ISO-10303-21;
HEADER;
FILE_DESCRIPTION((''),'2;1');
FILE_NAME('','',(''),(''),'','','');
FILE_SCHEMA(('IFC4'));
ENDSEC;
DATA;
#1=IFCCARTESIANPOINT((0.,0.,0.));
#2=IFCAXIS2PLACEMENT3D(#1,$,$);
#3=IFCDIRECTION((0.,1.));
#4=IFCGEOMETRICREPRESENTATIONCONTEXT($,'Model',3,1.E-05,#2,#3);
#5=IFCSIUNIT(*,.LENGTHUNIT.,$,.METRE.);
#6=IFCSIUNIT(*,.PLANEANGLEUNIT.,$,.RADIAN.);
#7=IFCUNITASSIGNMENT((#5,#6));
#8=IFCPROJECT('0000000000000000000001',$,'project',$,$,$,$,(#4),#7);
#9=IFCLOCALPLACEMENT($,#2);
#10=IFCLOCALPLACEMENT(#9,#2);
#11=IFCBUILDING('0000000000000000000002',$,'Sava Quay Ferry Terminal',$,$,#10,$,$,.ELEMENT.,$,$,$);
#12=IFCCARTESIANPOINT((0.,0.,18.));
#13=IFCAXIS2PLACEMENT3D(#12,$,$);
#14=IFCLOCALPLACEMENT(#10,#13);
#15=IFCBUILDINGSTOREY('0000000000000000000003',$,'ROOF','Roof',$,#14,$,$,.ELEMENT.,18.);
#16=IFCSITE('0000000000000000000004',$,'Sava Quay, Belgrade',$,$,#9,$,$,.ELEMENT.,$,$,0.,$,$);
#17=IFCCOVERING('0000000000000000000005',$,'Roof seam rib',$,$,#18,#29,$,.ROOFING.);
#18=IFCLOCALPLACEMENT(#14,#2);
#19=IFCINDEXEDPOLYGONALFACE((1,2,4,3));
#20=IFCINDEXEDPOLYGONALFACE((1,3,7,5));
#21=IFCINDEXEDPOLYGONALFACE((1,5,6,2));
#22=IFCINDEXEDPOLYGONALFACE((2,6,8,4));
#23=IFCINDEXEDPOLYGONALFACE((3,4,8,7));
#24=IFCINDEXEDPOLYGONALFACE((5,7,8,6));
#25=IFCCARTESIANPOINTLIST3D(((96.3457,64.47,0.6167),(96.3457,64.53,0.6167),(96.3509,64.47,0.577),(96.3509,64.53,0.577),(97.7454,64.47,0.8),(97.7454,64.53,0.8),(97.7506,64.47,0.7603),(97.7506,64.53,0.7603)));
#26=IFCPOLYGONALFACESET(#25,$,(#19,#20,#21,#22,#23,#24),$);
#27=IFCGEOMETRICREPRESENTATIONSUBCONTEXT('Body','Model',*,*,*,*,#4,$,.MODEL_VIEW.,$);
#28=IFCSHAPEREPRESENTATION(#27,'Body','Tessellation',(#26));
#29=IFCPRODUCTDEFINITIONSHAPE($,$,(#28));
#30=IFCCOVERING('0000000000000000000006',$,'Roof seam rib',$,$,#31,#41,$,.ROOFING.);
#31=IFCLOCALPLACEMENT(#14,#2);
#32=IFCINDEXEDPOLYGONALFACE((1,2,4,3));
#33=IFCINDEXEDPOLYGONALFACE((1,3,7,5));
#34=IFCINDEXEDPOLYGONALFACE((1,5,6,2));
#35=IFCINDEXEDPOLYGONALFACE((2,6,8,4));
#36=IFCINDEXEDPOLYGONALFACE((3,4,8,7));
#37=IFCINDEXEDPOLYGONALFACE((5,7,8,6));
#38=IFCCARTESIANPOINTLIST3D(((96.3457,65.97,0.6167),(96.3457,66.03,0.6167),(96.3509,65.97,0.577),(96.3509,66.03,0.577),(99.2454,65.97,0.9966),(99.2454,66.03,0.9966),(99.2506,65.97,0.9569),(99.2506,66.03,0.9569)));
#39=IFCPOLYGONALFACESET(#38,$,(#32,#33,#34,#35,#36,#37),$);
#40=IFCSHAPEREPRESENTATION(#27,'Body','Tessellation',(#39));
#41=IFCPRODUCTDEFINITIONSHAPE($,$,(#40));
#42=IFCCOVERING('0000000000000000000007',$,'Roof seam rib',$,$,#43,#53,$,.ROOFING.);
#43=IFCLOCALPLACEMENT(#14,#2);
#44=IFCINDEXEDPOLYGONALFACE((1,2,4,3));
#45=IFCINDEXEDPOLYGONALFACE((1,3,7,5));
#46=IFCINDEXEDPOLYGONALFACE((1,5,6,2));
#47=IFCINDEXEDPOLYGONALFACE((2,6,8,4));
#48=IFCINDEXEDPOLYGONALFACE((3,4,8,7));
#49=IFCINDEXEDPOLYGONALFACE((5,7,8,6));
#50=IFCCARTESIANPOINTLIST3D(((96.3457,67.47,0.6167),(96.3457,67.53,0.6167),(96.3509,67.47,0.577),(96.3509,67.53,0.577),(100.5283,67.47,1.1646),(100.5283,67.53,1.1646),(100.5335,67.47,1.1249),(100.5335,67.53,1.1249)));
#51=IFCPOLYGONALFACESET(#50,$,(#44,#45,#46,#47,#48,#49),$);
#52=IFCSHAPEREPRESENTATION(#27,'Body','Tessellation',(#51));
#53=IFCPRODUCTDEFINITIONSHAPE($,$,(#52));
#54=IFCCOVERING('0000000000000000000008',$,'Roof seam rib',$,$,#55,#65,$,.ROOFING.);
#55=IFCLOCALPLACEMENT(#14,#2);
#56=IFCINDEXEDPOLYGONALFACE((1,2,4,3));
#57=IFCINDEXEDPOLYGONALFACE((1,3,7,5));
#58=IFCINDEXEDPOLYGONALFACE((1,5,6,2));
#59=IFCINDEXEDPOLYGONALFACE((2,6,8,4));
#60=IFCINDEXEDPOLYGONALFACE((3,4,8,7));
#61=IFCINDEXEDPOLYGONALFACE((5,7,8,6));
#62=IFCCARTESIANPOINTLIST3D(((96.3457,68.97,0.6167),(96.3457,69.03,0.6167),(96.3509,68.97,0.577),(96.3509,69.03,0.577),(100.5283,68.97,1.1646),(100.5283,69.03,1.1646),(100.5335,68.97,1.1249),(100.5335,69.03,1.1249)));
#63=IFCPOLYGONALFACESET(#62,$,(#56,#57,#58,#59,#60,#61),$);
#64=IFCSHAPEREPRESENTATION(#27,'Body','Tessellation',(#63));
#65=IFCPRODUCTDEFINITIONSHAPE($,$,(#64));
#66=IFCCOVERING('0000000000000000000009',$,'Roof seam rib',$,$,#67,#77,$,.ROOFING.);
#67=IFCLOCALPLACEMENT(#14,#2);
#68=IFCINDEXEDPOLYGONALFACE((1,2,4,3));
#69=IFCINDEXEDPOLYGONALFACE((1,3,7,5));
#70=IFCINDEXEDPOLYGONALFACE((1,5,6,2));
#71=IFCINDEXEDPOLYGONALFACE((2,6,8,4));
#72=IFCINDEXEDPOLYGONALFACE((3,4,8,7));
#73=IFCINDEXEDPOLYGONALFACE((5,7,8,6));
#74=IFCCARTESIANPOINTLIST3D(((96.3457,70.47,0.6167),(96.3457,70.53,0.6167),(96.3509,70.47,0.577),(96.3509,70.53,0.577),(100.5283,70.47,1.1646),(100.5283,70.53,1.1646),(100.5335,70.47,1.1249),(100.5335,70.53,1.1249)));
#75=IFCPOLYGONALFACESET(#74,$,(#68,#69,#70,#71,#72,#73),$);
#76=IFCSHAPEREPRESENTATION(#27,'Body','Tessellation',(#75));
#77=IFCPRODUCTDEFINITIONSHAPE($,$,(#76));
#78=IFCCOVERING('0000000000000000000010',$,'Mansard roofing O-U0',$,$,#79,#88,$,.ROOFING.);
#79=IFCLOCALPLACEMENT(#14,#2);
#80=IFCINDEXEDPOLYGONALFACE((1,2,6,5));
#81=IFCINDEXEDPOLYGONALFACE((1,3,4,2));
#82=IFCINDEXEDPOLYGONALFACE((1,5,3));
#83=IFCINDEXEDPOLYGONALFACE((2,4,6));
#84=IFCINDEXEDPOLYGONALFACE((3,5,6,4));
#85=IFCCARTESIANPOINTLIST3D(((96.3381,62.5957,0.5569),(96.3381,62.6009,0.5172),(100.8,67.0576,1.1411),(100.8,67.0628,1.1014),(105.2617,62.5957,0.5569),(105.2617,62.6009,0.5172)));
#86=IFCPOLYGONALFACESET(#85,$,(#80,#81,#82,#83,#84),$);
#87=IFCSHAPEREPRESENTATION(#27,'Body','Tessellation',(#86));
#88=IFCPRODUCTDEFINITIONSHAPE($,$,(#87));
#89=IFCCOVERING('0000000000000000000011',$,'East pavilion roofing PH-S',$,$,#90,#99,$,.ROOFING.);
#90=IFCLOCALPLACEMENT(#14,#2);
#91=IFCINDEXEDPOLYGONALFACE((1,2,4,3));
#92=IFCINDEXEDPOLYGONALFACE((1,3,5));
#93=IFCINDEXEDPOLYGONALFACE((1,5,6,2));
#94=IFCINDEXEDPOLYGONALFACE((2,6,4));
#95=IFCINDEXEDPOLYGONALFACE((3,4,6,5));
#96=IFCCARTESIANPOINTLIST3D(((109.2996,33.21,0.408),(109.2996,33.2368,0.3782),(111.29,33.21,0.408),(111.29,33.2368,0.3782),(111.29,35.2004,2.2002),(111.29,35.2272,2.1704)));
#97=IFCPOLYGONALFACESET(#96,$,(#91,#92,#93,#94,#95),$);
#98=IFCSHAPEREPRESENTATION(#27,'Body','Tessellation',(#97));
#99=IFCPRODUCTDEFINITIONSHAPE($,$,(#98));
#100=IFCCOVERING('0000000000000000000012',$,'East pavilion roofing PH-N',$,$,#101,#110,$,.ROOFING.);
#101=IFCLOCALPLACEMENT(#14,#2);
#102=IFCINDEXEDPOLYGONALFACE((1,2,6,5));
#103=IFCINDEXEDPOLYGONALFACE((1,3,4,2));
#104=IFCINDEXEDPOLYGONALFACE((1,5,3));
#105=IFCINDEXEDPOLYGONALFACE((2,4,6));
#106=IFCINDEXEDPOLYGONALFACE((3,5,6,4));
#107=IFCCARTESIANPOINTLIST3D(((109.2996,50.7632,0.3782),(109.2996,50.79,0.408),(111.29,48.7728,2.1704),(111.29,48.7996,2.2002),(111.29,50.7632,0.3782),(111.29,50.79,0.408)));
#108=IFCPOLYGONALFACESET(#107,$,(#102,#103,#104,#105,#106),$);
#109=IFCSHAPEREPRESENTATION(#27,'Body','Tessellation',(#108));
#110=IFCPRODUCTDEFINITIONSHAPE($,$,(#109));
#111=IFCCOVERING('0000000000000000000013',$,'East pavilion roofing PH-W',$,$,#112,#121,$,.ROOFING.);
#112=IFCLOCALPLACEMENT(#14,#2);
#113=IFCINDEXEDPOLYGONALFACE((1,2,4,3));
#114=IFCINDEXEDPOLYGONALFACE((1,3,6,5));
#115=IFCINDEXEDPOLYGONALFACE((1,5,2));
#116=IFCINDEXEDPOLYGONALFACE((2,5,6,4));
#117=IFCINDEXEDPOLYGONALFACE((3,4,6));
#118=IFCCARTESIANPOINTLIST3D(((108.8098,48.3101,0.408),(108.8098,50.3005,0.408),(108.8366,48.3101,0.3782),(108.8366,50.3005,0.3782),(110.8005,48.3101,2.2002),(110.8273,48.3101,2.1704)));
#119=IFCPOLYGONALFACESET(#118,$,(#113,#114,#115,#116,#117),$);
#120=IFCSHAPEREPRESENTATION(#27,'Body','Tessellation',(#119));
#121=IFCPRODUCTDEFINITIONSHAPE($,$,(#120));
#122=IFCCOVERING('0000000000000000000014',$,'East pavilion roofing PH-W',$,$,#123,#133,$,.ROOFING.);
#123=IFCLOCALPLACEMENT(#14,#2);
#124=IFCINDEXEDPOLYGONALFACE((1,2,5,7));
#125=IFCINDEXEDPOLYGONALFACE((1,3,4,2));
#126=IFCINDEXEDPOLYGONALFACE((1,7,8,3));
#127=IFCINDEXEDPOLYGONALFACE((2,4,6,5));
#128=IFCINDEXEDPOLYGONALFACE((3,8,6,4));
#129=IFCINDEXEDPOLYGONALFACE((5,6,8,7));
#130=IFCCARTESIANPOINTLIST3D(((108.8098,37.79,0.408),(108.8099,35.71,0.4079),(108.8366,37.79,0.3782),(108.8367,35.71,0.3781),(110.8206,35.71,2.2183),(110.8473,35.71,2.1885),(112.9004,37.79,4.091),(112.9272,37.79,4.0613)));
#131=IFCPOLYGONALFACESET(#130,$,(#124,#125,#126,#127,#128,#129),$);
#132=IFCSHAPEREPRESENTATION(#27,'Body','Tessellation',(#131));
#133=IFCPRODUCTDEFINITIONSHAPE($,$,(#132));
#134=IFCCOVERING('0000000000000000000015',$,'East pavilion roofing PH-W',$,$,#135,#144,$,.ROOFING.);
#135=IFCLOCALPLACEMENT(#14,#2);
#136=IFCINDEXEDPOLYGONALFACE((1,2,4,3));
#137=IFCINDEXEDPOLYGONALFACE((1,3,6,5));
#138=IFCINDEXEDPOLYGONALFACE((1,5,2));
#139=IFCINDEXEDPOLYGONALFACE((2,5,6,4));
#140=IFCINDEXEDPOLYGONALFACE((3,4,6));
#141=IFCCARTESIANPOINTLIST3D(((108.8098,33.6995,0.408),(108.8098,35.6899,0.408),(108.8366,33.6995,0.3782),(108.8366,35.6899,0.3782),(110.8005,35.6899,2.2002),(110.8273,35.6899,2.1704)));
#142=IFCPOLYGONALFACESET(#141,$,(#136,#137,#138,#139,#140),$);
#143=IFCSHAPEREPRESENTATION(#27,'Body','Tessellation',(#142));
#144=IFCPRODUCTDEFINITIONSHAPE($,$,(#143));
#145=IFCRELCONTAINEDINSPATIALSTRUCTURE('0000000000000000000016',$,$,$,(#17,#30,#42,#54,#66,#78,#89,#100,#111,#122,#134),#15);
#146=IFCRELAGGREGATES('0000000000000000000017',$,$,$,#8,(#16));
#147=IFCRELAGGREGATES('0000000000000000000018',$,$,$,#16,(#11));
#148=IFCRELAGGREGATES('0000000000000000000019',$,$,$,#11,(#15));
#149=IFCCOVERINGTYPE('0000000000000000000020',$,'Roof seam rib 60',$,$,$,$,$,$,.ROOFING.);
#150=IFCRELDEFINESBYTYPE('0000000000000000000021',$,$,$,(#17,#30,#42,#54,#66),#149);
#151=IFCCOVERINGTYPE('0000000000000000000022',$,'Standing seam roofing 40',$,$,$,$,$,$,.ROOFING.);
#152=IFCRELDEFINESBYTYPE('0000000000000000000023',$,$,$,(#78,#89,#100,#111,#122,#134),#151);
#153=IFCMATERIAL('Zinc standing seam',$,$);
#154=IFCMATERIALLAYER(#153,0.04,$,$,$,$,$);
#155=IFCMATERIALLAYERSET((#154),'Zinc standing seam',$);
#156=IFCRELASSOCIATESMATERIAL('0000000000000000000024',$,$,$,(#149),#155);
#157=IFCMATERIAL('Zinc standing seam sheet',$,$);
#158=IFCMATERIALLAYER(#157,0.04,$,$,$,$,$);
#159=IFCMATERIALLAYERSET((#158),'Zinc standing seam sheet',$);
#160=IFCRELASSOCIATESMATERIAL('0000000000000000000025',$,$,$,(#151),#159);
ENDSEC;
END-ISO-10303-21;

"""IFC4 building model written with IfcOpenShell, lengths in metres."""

from ifc_helpers import new_model, si_unit, direction, frame, origin, place, context, subcontext, project, spatial, polyline, outline, extrude, material, layer, layer_set, type_object, element, save


model = new_model("IFC4")

# Units and contexts
model_context = context("Model", 3, precision=1e-05, world=origin(), true_north=direction((0.0, 1.0)))
body_context = subcontext(model_context, "Body", "Model", "MODEL_VIEW")
ifc_project = project(units=[si_unit("LENGTHUNIT", "METRE"), si_unit("PLANEANGLEUNIT", "RADIAN")], contexts=[model_context])

# Site, building, storey
site_placement = place(None, origin())
site = spatial("IfcSite", under=ifc_project, at=site_placement, Name="Sava Quay, Belgrade", CompositionType="ELEMENT", RefElevation=0.0)
building_placement = place(site_placement, origin())
building = spatial("IfcBuilding", under=site, at=building_placement, Name="Sava Quay Ferry Terminal", CompositionType="ELEMENT")
storey_placement = place(building_placement, frame((0.0, 0.0, 18.0)))
storey = spatial("IfcBuildingStorey", under=building, at=storey_placement, Name="ROOF", Description="Roof", CompositionType="ELEMENT", Elevation=18.0)

# Coverings
ifc_material_1 = material(Name="Zinc standing seam")
ifc_layer_1 = layer(ifc_material_1, 0.04)
ifc_layer_set_1 = layer_set([ifc_layer_1], Name="Zinc standing seam")
covering_type_1 = type_object("IfcCoveringType", Name="Roof seam rib 60", PredefinedType="ROOFING", material=ifc_layer_set_1)
covering_1_placement = place(storey_placement, frame((96.3457, 64.53, 0.6167), z_axis=(-0.129886, 0.0, 0.991529), x_axis=(0.991529, 0.0, 0.129886)))
element("IfcCovering", 1, at=covering_1_placement, inside=storey, type_object=covering_type_1, Name="Roof seam rib", PredefinedType="ROOFING", context=body_context, shape_type="SweptSolid", body=[
    extrude(outline(polyline([(0.0, 0.0), (1.4116, 0.0), (1.4116, -0.0601), (0.0, -0.0601), (0.0, 0.0)])), origin(), (0.0, 0.0, -1.0), 0.04),
])
covering_2_placement = place(storey_placement, frame((96.3457, 66.03, 0.6167), z_axis=(-0.129899, 0.0, 0.991527), x_axis=(0.991527, 0.0, 0.129899)))
element("IfcCovering", 2, at=covering_2_placement, inside=storey, type_object=covering_type_1, Name="Roof seam rib", PredefinedType="ROOFING", context=body_context, shape_type="SweptSolid", body=[
    extrude(outline(polyline([(0.0, 0.0), (2.9244, 0.0), (2.9244, -0.0601), (0.0, -0.0601), (0.0, 0.0)])), origin(), (0.0, 0.0, -1.0), 0.04),
])
for number, where, z_axis, x_axis, name in (
    (3, (96.3457, 67.53, 0.6167), (-0.129874, 0.0, 0.991531), (0.991531, 0.0, 0.129874), "Roof seam rib"),
    (4, (96.3457, 69.03, 0.6167), (-0.129874, 0.0, 0.991531), (0.991531, 0.0, 0.129874), "Roof seam rib"),
    (5, (96.3457, 70.53, 0.6167), (-0.129874, 0.0, 0.991531), (0.991531, 0.0, 0.129874), "Roof seam rib"),
):
    element("IfcCovering", number, at=place(storey_placement, frame(where, z_axis=z_axis, x_axis=x_axis)), inside=storey, type_object=covering_type_1, Name=name, PredefinedType="ROOFING", context=body_context, shape_type="SweptSolid", body=[
        extrude(outline(polyline([(0.0, 0.0), (4.2183, 0.0), (4.2183, -0.0601), (0.0, -0.0601), (0.0, 0.0)])), origin(), (0.0, 0.0, -1.0), 0.04),
    ])
ifc_material_2 = material(Name="Zinc standing seam sheet")
ifc_layer_2 = layer(ifc_material_2, 0.04)
ifc_layer_set_2 = layer_set([ifc_layer_2], Name="Zinc standing seam sheet")
covering_type_2 = type_object("IfcCoveringType", Name="Standing seam roofing 40", PredefinedType="ROOFING", material=ifc_layer_set_2)
covering_3_placement = place(storey_placement, frame((96.3381, 62.5957, 0.5569), z_axis=(0.0, -0.129829, 0.991536), x_axis=(0.704095, 0.704095, 0.092192)))
element("IfcCovering", 6, at=covering_3_placement, inside=storey, type_object=covering_type_2, Name="Mansard roofing O-U0", PredefinedType="ROOFING", context=body_context, shape_type="SweptSolid", body=[
    extrude(outline(polyline([(0.0, 0.0), (6.3371, 0.0), (6.2831, -6.3367), (0.0, 0.0)])), origin(), (0.0, 0.0, -1.0), 0.04),
])
covering_4_placement = place(storey_placement, frame((111.29, 35.2004, 2.2002), z_axis=(0.0, -0.669131, 0.743145), x_axis=(0.0, -0.743145, -0.669131)))
element("IfcCovering", 7, at=covering_4_placement, inside=storey, type_object=covering_type_2, Name="East pavilion roofing PH-S", PredefinedType="ROOFING", context=body_context, shape_type="SweptSolid", body=[
    extrude(outline(polyline([(0.0, 0.0), (2.6785, 0.0), (2.6785, -1.9905), (0.0, 0.0)])), origin(), (0.0, 0.0, -1.0), 0.04),
])
covering_5_placement = place(storey_placement, frame((109.2996, 50.79, 0.408), z_axis=(0.0, 0.669131, 0.743145), x_axis=(1.0, 0.0, 0.0)))
element("IfcCovering", 8, at=covering_5_placement, inside=storey, type_object=covering_type_2, Name="East pavilion roofing PH-N", PredefinedType="ROOFING", context=body_context, shape_type="SweptSolid", body=[
    extrude(outline(polyline([(0.0, 0.0), (1.9905, 0.0), (1.9905, -2.6785), (0.0, 0.0)])), origin(), (0.0, 0.0, -1.0), 0.04),
])
covering_6_placement = place(storey_placement, frame((110.8005, 48.3101, 2.2002), z_axis=(-0.669086, 0.0, 0.743185), x_axis=(-0.743185, 0.0, -0.669086)))
element("IfcCovering", 9, at=covering_6_placement, inside=storey, type_object=covering_type_2, Name="East pavilion roofing PH-W", PredefinedType="ROOFING", context=body_context, shape_type="SweptSolid", body=[
    extrude(outline(polyline([(0.0, 0.0), (2.6786, 0.0), (2.6786, -1.9905), (0.0, 0.0)])), origin(), (0.0, 0.0, -1.0), 0.04),
])
covering_7_placement = place(storey_placement, frame((110.8206, 35.71, 2.2183), z_axis=(-0.669114, -0.000035, 0.74316), x_axis=(-0.74316, 0.0, -0.669114)))
element("IfcCovering", 10, at=covering_7_placement, inside=storey, type_object=covering_type_2, Name="East pavilion roofing PH-W", PredefinedType="ROOFING", context=body_context, shape_type="SweptSolid", body=[
    extrude(outline(polyline([(0.0, 0.0), (2.7056, 0.0), (2.7056, -2.0801), (-2.7988, -2.0801), (0.0, 0.0)])), origin(), (0.0, 0.0, -1.0), 0.04),
])
covering_8_placement = place(storey_placement, frame((108.8098, 33.6995, 0.408), z_axis=(-0.669086, 0.0, 0.743185), x_axis=(0.0, 1.0, 0.0)))
element("IfcCovering", 11, at=covering_8_placement, inside=storey, type_object=covering_type_2, Name="East pavilion roofing PH-W", PredefinedType="ROOFING", context=body_context, shape_type="SweptSolid", body=[
    extrude(outline(polyline([(0.0, 0.0), (1.9905, 0.0), (1.9905, -2.6786), (0.0, 0.0)])), origin(), (0.0, 0.0, -1.0), 0.04),
])

save(model, "model.ifc")
